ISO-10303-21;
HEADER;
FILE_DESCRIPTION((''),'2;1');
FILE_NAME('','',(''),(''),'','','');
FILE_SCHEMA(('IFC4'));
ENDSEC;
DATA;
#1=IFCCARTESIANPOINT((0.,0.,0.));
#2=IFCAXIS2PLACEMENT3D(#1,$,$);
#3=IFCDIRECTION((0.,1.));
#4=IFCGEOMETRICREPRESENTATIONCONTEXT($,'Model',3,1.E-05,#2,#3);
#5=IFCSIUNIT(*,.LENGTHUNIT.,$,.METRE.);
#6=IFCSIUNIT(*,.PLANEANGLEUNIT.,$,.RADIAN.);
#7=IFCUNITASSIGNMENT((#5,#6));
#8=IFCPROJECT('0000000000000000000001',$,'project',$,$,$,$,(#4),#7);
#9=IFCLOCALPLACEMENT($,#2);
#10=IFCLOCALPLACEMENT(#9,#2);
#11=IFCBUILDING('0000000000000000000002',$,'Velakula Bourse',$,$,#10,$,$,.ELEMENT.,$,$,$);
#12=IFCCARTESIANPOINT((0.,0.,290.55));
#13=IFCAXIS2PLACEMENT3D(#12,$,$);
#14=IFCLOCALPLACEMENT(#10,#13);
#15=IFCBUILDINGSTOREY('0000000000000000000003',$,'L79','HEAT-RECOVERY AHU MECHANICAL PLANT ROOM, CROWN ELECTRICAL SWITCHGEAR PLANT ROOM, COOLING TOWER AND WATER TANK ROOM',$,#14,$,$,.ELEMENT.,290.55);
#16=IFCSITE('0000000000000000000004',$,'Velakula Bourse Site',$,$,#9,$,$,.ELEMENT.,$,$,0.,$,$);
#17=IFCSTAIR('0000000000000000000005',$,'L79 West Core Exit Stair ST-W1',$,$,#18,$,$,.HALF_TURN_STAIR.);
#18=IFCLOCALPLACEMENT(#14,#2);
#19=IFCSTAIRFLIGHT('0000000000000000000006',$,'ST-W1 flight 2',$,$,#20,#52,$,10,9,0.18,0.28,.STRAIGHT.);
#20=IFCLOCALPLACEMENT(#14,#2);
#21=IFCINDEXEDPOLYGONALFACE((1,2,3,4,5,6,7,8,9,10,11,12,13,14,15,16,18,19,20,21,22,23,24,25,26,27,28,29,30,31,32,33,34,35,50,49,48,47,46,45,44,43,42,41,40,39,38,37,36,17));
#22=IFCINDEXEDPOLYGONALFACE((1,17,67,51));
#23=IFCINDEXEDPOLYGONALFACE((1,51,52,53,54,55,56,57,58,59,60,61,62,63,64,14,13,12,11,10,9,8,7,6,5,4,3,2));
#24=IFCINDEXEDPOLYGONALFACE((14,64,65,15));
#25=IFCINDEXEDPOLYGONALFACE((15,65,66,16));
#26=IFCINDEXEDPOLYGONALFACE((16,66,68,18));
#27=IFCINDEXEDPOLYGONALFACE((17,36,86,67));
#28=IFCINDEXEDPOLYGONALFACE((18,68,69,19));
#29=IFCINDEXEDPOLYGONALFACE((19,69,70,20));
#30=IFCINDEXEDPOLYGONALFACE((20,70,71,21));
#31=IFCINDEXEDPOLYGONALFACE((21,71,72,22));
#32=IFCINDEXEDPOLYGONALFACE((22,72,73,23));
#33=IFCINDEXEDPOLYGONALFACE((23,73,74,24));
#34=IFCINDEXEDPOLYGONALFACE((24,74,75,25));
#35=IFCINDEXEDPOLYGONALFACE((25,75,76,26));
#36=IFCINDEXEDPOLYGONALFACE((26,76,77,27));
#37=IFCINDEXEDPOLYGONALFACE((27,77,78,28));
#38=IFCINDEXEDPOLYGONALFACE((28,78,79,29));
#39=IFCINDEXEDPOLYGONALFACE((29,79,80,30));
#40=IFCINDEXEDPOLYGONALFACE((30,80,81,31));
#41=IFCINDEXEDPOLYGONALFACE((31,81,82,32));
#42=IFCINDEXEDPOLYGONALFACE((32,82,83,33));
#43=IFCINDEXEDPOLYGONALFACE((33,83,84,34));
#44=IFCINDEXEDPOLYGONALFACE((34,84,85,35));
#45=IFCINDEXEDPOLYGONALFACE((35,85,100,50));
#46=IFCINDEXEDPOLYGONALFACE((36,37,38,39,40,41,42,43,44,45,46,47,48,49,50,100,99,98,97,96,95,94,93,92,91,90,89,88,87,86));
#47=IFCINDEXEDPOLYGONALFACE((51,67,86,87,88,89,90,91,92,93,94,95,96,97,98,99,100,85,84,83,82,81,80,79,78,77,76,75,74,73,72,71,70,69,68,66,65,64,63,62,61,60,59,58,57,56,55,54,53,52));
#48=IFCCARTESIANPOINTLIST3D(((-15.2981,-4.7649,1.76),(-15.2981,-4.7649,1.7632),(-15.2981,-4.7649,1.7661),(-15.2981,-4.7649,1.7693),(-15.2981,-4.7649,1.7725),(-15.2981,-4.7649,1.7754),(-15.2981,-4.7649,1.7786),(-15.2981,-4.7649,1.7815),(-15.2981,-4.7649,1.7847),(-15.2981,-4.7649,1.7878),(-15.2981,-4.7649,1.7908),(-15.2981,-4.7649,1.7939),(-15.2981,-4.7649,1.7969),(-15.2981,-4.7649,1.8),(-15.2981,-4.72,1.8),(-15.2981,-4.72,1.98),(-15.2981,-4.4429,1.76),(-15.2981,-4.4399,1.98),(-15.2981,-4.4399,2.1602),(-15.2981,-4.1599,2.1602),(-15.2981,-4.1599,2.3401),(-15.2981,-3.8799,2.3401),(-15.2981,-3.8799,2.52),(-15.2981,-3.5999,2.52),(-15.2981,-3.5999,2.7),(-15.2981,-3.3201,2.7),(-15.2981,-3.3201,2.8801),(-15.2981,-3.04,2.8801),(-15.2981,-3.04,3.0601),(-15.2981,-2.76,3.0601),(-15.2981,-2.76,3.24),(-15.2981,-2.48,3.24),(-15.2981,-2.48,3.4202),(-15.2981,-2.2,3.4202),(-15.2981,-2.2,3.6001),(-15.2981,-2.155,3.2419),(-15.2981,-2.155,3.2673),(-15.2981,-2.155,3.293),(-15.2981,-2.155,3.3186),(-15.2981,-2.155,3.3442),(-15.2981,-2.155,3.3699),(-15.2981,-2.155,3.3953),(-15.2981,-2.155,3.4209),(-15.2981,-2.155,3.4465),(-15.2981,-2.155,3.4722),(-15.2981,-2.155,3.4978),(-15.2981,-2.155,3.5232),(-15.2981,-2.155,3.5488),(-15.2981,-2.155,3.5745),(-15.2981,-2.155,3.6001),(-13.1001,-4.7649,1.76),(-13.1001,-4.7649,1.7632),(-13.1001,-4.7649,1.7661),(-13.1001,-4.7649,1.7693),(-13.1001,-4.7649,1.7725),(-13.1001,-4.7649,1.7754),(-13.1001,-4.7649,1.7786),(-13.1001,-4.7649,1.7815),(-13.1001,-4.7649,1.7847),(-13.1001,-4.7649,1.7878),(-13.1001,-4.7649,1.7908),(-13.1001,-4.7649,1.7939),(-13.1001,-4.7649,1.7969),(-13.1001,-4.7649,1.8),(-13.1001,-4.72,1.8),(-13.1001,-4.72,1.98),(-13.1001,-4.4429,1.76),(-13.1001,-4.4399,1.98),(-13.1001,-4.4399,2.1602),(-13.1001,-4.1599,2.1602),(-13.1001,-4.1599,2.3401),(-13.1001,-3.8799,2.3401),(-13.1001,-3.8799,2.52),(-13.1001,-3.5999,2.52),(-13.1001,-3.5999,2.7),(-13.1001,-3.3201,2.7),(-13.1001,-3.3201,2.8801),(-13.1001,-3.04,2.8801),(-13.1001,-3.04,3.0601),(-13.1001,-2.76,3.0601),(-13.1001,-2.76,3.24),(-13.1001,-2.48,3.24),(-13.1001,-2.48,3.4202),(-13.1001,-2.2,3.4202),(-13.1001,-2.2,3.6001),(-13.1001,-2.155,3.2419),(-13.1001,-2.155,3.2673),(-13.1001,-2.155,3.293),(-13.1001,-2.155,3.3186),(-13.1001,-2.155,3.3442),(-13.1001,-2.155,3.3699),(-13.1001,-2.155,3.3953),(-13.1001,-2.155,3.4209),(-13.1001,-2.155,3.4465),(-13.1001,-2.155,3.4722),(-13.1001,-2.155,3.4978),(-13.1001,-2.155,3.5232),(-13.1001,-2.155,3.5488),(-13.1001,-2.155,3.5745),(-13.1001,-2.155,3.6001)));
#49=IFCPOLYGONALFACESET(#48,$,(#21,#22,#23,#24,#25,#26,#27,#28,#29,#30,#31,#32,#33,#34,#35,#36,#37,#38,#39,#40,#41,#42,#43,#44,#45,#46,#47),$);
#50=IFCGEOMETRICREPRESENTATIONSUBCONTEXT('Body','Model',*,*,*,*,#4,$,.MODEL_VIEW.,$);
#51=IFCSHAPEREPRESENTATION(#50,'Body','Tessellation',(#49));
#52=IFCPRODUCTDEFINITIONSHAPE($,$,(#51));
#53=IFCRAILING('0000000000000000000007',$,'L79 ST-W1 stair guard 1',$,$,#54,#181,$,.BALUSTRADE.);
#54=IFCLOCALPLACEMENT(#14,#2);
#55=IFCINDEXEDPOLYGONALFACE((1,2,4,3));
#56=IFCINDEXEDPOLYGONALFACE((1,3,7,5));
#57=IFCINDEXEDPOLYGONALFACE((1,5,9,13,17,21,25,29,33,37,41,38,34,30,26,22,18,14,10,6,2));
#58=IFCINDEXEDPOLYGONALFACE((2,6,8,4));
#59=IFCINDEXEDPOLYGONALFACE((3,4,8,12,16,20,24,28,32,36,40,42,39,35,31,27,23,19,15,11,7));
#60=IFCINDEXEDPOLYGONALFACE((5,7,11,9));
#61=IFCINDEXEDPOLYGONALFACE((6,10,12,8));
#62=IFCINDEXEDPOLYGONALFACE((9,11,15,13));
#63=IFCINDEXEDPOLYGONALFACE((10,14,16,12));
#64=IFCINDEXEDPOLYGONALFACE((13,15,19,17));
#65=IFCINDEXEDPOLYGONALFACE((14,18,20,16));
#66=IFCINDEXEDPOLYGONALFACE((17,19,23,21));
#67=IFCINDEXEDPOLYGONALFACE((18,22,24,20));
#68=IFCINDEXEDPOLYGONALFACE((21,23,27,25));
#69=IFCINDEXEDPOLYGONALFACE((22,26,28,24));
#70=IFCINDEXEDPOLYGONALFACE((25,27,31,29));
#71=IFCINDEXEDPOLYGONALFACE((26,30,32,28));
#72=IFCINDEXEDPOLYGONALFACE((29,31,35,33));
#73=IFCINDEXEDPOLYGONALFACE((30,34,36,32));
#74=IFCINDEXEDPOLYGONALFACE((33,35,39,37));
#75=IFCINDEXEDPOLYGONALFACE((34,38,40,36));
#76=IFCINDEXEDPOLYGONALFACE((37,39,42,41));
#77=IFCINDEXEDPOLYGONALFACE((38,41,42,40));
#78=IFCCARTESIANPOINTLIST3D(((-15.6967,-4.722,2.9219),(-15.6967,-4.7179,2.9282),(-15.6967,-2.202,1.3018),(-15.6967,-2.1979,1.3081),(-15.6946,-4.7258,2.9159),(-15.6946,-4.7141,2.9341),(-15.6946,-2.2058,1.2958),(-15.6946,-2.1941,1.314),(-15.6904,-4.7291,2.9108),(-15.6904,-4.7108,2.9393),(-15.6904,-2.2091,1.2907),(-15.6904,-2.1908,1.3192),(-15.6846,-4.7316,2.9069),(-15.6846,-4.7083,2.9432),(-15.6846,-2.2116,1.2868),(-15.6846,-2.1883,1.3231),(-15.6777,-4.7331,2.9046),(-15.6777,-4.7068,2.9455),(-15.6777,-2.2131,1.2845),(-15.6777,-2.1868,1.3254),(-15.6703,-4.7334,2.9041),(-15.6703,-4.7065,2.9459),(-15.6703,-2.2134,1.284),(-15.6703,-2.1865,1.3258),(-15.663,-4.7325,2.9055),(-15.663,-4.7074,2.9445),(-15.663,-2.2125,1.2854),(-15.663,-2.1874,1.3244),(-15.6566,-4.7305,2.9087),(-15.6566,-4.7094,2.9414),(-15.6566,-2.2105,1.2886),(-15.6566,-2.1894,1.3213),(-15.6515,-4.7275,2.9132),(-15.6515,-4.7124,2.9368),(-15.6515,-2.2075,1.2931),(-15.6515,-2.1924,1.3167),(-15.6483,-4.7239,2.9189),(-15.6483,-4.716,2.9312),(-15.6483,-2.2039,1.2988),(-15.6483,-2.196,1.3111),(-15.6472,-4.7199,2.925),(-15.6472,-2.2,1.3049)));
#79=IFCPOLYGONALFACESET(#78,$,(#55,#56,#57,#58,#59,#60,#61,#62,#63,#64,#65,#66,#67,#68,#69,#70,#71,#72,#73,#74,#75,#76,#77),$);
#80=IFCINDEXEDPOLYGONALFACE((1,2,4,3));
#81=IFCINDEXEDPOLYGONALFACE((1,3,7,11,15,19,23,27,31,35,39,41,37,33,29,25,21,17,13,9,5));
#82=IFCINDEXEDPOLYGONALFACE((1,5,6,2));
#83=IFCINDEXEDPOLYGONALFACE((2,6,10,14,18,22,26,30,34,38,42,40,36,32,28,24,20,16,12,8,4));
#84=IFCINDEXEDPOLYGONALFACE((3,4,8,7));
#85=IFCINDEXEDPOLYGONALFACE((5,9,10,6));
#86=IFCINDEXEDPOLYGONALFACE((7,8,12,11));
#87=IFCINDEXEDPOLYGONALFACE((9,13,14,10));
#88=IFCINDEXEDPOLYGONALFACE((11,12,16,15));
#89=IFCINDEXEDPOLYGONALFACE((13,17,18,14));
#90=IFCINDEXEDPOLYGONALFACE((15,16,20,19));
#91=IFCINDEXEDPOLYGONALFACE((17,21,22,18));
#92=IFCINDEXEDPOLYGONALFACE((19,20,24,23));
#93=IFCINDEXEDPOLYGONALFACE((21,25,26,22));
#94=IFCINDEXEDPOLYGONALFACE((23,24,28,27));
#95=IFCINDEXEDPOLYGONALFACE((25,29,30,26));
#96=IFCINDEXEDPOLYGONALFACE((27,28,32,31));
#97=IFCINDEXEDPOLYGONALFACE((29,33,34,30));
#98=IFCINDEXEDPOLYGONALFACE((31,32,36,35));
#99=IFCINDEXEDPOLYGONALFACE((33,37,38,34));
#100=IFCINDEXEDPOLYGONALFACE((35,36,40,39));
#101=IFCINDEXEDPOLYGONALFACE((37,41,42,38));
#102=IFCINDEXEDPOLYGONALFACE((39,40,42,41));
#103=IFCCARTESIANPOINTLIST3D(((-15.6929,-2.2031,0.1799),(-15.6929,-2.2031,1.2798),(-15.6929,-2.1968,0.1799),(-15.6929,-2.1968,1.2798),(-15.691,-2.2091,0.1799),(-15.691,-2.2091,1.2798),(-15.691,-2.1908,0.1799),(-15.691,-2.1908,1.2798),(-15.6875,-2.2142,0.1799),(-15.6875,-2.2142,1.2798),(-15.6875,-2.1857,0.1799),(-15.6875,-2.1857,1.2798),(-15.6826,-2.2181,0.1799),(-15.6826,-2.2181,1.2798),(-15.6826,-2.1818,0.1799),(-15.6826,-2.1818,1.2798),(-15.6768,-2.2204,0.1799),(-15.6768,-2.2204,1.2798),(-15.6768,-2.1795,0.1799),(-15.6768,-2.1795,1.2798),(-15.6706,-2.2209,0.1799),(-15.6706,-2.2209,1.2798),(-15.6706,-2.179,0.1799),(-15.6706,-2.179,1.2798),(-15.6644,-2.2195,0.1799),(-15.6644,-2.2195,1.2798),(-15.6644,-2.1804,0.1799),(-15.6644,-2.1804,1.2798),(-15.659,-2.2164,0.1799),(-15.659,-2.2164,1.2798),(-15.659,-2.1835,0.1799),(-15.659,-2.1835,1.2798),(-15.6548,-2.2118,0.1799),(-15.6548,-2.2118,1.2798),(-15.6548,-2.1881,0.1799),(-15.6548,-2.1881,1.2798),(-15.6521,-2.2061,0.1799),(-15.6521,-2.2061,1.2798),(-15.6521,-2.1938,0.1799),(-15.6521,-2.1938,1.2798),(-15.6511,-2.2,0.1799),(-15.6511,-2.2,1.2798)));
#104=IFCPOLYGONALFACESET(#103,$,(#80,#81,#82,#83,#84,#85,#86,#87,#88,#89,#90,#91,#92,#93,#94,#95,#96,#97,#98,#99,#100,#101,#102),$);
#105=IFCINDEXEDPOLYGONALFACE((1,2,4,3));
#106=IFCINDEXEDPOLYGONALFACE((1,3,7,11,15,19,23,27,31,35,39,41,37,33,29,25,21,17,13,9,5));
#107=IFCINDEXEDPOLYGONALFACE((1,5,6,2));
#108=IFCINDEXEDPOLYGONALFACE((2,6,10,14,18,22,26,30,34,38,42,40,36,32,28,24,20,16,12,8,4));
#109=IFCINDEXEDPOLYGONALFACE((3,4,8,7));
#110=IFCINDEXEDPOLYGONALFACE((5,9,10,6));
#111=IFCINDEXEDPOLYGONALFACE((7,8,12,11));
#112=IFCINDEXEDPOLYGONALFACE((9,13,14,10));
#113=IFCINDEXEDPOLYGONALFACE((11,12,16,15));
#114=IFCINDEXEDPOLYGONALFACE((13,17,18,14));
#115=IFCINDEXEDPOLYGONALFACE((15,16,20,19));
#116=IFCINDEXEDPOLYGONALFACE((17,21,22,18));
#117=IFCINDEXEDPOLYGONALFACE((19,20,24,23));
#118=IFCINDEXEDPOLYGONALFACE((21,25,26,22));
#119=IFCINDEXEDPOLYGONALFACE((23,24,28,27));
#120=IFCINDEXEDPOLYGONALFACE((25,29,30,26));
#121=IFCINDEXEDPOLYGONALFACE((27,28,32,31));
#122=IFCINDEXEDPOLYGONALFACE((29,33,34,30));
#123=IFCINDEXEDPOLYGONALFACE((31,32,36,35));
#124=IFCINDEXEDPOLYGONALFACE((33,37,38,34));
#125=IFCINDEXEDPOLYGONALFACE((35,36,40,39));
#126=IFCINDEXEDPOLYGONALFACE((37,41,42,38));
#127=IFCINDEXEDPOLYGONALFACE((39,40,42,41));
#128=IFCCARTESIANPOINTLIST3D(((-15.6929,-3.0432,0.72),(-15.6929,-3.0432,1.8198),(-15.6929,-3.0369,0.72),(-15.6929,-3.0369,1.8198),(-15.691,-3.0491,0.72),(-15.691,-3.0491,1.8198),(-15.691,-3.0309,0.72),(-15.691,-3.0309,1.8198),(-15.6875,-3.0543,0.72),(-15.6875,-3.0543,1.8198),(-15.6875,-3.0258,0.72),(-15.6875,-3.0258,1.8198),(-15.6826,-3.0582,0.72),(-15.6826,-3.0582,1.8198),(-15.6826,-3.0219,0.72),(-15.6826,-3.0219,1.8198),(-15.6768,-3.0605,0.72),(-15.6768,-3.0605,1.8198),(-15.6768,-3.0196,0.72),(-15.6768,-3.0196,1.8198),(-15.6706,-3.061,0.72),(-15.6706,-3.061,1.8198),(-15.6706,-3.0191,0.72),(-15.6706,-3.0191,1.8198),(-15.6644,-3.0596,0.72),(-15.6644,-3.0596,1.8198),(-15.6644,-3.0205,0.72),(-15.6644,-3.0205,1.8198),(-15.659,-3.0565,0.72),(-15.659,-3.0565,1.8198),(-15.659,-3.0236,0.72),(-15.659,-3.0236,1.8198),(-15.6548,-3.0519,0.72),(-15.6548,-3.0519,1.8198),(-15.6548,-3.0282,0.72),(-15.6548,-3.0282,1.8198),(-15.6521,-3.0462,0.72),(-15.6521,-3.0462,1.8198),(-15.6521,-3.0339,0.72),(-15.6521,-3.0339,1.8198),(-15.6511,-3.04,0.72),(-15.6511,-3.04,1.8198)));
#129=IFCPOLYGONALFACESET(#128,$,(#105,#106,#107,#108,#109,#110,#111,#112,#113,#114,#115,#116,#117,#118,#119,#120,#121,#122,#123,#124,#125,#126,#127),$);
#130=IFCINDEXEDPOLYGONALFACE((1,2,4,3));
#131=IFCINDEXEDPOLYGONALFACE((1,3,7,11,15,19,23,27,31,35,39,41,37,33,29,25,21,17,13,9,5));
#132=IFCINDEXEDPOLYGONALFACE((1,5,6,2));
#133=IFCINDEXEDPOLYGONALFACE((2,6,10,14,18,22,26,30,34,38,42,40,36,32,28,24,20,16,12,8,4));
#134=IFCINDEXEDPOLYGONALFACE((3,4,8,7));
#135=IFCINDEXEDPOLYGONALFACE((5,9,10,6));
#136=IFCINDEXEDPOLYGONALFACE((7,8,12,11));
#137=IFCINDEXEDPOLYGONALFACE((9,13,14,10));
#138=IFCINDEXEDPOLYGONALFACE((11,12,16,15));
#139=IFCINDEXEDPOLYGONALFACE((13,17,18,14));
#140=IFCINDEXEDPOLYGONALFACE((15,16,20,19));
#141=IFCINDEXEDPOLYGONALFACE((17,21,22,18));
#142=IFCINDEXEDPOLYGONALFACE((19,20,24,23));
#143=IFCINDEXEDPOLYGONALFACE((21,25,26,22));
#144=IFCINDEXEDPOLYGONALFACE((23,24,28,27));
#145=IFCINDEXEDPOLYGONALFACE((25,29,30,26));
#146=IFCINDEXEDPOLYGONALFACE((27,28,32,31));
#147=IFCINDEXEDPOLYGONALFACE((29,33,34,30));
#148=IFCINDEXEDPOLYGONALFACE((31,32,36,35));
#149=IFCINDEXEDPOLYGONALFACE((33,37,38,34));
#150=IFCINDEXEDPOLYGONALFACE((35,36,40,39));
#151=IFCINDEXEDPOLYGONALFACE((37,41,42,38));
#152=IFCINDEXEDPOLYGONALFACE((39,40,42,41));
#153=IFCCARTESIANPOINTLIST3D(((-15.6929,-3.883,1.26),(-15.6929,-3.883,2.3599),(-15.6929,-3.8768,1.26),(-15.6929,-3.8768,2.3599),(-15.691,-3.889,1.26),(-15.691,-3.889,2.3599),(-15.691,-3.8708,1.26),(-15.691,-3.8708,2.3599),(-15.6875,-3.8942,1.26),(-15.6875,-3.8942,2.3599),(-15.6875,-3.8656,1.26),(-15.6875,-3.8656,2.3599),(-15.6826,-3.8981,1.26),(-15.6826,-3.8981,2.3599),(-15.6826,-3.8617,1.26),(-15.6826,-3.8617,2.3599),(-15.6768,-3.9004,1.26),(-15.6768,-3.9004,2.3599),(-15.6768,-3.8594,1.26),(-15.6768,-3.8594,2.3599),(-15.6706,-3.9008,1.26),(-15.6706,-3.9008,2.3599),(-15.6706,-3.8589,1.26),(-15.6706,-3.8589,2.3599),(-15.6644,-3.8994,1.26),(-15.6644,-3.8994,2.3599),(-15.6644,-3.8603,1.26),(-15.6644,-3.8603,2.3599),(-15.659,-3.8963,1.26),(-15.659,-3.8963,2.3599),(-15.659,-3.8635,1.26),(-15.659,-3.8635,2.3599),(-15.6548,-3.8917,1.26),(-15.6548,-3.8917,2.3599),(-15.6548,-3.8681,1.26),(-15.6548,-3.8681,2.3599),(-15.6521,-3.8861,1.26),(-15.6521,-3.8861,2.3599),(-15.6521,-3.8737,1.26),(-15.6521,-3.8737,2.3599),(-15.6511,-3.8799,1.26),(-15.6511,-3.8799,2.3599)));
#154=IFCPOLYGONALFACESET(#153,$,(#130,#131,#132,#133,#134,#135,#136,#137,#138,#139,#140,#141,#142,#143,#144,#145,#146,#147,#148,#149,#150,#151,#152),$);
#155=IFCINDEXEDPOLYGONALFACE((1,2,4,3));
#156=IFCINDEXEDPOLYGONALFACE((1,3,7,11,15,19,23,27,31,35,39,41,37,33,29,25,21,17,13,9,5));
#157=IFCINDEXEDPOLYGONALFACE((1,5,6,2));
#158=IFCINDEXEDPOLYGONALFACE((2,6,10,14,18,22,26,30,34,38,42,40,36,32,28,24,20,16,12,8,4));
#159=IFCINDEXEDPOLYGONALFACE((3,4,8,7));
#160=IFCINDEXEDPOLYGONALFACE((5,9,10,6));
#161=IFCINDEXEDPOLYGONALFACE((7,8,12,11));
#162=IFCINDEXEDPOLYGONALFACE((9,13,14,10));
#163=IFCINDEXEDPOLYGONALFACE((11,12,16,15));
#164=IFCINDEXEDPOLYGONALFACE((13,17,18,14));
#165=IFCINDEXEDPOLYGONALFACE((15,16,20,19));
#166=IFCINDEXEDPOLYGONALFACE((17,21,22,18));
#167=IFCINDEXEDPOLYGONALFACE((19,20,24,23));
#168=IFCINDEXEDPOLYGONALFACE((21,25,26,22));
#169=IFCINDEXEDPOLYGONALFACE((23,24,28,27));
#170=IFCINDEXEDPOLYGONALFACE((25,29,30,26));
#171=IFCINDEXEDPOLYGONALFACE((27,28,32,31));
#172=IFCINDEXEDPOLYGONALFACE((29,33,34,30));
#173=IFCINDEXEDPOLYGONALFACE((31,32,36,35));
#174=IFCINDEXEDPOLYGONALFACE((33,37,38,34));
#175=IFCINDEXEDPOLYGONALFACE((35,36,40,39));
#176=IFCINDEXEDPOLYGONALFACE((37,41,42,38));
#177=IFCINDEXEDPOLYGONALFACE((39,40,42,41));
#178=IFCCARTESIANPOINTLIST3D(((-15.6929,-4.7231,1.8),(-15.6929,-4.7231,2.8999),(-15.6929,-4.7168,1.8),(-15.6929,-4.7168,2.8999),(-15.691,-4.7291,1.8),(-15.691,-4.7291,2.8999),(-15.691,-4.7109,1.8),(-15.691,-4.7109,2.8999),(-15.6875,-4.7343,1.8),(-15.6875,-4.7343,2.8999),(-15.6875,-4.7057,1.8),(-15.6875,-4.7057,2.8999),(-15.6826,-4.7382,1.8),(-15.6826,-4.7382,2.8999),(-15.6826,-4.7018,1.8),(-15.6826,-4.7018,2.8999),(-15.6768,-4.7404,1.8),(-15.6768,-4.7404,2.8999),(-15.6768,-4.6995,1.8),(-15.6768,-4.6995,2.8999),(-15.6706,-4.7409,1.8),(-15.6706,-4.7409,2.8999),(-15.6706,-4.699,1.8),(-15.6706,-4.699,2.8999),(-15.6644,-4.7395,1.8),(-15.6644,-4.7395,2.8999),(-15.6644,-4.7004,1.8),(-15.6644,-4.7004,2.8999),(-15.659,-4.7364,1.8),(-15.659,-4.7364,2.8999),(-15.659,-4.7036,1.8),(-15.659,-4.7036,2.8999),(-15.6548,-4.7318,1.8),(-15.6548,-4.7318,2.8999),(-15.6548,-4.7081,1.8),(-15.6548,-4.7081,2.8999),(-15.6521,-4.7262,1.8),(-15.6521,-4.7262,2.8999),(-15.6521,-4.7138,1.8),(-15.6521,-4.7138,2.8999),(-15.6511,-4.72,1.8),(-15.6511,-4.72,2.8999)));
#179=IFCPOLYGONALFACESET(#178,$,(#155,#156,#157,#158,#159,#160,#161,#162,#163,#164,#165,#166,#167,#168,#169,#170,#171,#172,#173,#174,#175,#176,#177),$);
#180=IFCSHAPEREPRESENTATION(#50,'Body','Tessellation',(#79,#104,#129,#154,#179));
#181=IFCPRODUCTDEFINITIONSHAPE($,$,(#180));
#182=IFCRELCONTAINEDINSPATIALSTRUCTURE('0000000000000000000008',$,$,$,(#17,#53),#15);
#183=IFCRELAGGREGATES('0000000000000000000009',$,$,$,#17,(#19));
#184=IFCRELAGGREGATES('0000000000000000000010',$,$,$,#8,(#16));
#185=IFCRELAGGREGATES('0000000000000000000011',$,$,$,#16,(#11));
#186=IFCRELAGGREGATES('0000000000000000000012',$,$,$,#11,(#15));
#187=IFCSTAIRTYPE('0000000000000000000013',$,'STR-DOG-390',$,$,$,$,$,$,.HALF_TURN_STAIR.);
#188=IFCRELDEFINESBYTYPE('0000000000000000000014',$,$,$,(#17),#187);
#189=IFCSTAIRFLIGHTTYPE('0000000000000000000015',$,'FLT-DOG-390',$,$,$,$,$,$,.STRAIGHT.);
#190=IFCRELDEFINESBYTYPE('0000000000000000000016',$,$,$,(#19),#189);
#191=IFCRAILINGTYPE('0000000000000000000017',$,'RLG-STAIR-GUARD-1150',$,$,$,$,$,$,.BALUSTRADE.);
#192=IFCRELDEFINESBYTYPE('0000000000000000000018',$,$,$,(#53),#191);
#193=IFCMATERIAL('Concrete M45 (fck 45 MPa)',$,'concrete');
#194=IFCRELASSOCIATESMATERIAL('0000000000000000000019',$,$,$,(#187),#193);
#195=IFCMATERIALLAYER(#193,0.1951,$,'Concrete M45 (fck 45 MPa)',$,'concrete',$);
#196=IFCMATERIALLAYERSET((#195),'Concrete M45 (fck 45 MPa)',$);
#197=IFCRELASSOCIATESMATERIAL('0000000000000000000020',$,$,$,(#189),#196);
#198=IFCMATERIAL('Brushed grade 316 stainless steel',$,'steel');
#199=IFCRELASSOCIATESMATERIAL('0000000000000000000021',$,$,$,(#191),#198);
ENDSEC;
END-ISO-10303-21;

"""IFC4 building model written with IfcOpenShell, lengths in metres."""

from ifc_helpers import new_model, si_unit, direction, frame, origin, origin_2d, place, context, subcontext, project, spatial, polyline, circle, outline, extrude, material, layer, layer_set, type_object, element, aggregate, save


model = new_model("IFC4")

# Units and contexts
model_context = context("Model", 3, precision=1e-05, world=origin(), true_north=direction((0.0, 1.0)))
body_context = subcontext(model_context, "Body", "Model", "MODEL_VIEW")
ifc_project = project(units=[si_unit("LENGTHUNIT", "METRE"), si_unit("PLANEANGLEUNIT", "RADIAN")], contexts=[model_context])

# Site, building, storey
site_placement = place(None, origin())
site = spatial("IfcSite", under=ifc_project, at=site_placement, Name="Velakula Bourse Site", CompositionType="ELEMENT", RefElevation=0.0)
building_placement = place(site_placement, origin())
building = spatial("IfcBuilding", under=site, at=building_placement, Name="Velakula Bourse", CompositionType="ELEMENT")
storey_placement = place(building_placement, frame((0.0, 0.0, 290.55)))
storey = spatial("IfcBuildingStorey", under=building, at=storey_placement, Name="L79", Description="HEAT-RECOVERY AHU MECHANICAL PLANT ROOM, CROWN ELECTRICAL SWITCHGEAR PLANT ROOM, COOLING TOWER AND WATER TANK ROOM", CompositionType="ELEMENT", Elevation=290.55)

# Shared definitions
ifc_material_1 = material(Name="Brushed grade 316 stainless steel", Category="steel")

# Stair, stair flight
ifc_material_2 = material(Name="Concrete M45 (fck 45 MPa)", Category="concrete")
stair_type = type_object("IfcStairType", Name="STR-DOG-390", PredefinedType="HALF_TURN_STAIR", material=ifc_material_2)
stair_placement = place(storey_placement, origin())
stair = element("IfcStair", 1, at=stair_placement, inside=storey, type_object=stair_type, Name="L79 West Core Exit Stair ST-W1", PredefinedType="HALF_TURN_STAIR")
ifc_layer_1 = layer(ifc_material_2, 0.1951, Name="Concrete M45 (fck 45 MPa)", Category="concrete")
ifc_layer_set_1 = layer_set([ifc_layer_1], Name="Concrete M45 (fck 45 MPa)")
stair_flight_type = type_object("IfcStairFlightType", Name="FLT-DOG-390", PredefinedType="STRAIGHT", material=ifc_layer_set_1)
stair_flight_1_placement = place(storey_placement, frame((-14.199, -4.72, 1.8), z_axis=(0.0, 0.0, 1.0), x_axis=(0.0, 1.0, 0.0)))
stair_flight_1 = element("IfcStairFlight", 2, at=stair_flight_1_placement, type_object=stair_flight_type, Name="ST-W1 flight 2", NumberOfRisers=10, NumberOfTreads=9, PredefinedType="STRAIGHT", RiserHeight=0.18, TreadLength=0.28, context=body_context, shape_type="SweptSolid", body=[
    extrude(outline(polyline([(-0.0449, -0.04), (-0.0449, -0.0369), (-0.0449, -0.0339), (-0.0449, -0.0308), (-0.0449, -0.0276), (-0.0449, -0.0247), (-0.0449, -0.0215), (-0.0449, -0.0186), (-0.0449, -0.0154), (-0.0449, -0.0122), (-0.0449, -0.0093), (-0.0449, -0.0061), (-0.0449, -0.0032), (-0.0449, 0.0), (0.0, 0.0), (0.0, 0.1799), (0.28, 0.1799), (0.28, 0.3601), (0.5601, 0.3601), (0.5601, 0.54), (0.8401, 0.54), (0.8401, 0.72), (1.1201, 0.72), (1.1201, 0.8999), (1.3999, 0.8999), (1.3999, 1.0801), (1.6799, 1.0801), (1.6799, 1.26), (1.96, 1.26), (1.96, 1.4399), (2.24, 1.4399), (2.24, 1.6201), (2.52, 1.6201), (2.52, 1.8), (2.5649, 1.8), (2.5649, 1.7744), (2.5649, 1.7488), (2.5649, 1.7231), (2.5649, 1.6978), (2.5649, 1.6721), (2.5649, 1.6465), (2.5649, 1.6208), (2.5649, 1.5952), (2.5649, 1.5698), (2.5649, 1.5442), (2.5649, 1.5186), (2.5649, 1.4929), (2.5649, 1.4673), (2.5649, 1.4419), (0.2771, -0.04), (-0.0449, -0.04)])), frame((0.0, 1.0991, 0.0), z_axis=(0.0, -1.0, 0.0), x_axis=(1.0, 0.0, 0.0)), (0.0, 0.0, 1.0), 2.198),
])
aggregate(stair, [stair_flight_1])

# Railing
railing_type_1 = type_object("IfcRailingType", Name="RLG-STAIR-GUARD-1150", PredefinedType="BALUSTRADE", material=ifc_material_1)
railing_1_placement = place(storey_placement, frame((-15.6721, -2.2, 0.1799)))
element("IfcRailing", 3, at=railing_1_placement, inside=storey, type_object=railing_type_1, Name="L79 ST-W1 stair guard 1", PredefinedType="BALUSTRADE", context=body_context, shape_type="SweptSolid", body=[
    extrude(circle(Radius=0.0249, at=origin_2d()), frame((0.0, 0.0, 1.125), z_axis=(0.0, -0.841163, 0.540782), x_axis=(1.0, 0.0, 0.0)), (0.0, 0.0, 1.0), 2.9958),
    extrude(circle(Radius=0.021, at=origin_2d()), origin(), (0.0, 0.0, 1.0), 1.0999),
    extrude(circle(Radius=0.021, at=origin_2d()), frame((0.0, -0.8401, 0.54)), (0.0, 0.0, 1.0), 1.0999),
    extrude(circle(Radius=0.021, at=origin_2d()), frame((0.0, -1.6799, 1.0801)), (0.0, 0.0, 1.0), 1.0999),
    extrude(circle(Radius=0.021, at=origin_2d()), frame((0.0, -2.52, 1.6201)), (0.0, 0.0, 1.0), 1.0999),
])

save(model, "model.ifc")
